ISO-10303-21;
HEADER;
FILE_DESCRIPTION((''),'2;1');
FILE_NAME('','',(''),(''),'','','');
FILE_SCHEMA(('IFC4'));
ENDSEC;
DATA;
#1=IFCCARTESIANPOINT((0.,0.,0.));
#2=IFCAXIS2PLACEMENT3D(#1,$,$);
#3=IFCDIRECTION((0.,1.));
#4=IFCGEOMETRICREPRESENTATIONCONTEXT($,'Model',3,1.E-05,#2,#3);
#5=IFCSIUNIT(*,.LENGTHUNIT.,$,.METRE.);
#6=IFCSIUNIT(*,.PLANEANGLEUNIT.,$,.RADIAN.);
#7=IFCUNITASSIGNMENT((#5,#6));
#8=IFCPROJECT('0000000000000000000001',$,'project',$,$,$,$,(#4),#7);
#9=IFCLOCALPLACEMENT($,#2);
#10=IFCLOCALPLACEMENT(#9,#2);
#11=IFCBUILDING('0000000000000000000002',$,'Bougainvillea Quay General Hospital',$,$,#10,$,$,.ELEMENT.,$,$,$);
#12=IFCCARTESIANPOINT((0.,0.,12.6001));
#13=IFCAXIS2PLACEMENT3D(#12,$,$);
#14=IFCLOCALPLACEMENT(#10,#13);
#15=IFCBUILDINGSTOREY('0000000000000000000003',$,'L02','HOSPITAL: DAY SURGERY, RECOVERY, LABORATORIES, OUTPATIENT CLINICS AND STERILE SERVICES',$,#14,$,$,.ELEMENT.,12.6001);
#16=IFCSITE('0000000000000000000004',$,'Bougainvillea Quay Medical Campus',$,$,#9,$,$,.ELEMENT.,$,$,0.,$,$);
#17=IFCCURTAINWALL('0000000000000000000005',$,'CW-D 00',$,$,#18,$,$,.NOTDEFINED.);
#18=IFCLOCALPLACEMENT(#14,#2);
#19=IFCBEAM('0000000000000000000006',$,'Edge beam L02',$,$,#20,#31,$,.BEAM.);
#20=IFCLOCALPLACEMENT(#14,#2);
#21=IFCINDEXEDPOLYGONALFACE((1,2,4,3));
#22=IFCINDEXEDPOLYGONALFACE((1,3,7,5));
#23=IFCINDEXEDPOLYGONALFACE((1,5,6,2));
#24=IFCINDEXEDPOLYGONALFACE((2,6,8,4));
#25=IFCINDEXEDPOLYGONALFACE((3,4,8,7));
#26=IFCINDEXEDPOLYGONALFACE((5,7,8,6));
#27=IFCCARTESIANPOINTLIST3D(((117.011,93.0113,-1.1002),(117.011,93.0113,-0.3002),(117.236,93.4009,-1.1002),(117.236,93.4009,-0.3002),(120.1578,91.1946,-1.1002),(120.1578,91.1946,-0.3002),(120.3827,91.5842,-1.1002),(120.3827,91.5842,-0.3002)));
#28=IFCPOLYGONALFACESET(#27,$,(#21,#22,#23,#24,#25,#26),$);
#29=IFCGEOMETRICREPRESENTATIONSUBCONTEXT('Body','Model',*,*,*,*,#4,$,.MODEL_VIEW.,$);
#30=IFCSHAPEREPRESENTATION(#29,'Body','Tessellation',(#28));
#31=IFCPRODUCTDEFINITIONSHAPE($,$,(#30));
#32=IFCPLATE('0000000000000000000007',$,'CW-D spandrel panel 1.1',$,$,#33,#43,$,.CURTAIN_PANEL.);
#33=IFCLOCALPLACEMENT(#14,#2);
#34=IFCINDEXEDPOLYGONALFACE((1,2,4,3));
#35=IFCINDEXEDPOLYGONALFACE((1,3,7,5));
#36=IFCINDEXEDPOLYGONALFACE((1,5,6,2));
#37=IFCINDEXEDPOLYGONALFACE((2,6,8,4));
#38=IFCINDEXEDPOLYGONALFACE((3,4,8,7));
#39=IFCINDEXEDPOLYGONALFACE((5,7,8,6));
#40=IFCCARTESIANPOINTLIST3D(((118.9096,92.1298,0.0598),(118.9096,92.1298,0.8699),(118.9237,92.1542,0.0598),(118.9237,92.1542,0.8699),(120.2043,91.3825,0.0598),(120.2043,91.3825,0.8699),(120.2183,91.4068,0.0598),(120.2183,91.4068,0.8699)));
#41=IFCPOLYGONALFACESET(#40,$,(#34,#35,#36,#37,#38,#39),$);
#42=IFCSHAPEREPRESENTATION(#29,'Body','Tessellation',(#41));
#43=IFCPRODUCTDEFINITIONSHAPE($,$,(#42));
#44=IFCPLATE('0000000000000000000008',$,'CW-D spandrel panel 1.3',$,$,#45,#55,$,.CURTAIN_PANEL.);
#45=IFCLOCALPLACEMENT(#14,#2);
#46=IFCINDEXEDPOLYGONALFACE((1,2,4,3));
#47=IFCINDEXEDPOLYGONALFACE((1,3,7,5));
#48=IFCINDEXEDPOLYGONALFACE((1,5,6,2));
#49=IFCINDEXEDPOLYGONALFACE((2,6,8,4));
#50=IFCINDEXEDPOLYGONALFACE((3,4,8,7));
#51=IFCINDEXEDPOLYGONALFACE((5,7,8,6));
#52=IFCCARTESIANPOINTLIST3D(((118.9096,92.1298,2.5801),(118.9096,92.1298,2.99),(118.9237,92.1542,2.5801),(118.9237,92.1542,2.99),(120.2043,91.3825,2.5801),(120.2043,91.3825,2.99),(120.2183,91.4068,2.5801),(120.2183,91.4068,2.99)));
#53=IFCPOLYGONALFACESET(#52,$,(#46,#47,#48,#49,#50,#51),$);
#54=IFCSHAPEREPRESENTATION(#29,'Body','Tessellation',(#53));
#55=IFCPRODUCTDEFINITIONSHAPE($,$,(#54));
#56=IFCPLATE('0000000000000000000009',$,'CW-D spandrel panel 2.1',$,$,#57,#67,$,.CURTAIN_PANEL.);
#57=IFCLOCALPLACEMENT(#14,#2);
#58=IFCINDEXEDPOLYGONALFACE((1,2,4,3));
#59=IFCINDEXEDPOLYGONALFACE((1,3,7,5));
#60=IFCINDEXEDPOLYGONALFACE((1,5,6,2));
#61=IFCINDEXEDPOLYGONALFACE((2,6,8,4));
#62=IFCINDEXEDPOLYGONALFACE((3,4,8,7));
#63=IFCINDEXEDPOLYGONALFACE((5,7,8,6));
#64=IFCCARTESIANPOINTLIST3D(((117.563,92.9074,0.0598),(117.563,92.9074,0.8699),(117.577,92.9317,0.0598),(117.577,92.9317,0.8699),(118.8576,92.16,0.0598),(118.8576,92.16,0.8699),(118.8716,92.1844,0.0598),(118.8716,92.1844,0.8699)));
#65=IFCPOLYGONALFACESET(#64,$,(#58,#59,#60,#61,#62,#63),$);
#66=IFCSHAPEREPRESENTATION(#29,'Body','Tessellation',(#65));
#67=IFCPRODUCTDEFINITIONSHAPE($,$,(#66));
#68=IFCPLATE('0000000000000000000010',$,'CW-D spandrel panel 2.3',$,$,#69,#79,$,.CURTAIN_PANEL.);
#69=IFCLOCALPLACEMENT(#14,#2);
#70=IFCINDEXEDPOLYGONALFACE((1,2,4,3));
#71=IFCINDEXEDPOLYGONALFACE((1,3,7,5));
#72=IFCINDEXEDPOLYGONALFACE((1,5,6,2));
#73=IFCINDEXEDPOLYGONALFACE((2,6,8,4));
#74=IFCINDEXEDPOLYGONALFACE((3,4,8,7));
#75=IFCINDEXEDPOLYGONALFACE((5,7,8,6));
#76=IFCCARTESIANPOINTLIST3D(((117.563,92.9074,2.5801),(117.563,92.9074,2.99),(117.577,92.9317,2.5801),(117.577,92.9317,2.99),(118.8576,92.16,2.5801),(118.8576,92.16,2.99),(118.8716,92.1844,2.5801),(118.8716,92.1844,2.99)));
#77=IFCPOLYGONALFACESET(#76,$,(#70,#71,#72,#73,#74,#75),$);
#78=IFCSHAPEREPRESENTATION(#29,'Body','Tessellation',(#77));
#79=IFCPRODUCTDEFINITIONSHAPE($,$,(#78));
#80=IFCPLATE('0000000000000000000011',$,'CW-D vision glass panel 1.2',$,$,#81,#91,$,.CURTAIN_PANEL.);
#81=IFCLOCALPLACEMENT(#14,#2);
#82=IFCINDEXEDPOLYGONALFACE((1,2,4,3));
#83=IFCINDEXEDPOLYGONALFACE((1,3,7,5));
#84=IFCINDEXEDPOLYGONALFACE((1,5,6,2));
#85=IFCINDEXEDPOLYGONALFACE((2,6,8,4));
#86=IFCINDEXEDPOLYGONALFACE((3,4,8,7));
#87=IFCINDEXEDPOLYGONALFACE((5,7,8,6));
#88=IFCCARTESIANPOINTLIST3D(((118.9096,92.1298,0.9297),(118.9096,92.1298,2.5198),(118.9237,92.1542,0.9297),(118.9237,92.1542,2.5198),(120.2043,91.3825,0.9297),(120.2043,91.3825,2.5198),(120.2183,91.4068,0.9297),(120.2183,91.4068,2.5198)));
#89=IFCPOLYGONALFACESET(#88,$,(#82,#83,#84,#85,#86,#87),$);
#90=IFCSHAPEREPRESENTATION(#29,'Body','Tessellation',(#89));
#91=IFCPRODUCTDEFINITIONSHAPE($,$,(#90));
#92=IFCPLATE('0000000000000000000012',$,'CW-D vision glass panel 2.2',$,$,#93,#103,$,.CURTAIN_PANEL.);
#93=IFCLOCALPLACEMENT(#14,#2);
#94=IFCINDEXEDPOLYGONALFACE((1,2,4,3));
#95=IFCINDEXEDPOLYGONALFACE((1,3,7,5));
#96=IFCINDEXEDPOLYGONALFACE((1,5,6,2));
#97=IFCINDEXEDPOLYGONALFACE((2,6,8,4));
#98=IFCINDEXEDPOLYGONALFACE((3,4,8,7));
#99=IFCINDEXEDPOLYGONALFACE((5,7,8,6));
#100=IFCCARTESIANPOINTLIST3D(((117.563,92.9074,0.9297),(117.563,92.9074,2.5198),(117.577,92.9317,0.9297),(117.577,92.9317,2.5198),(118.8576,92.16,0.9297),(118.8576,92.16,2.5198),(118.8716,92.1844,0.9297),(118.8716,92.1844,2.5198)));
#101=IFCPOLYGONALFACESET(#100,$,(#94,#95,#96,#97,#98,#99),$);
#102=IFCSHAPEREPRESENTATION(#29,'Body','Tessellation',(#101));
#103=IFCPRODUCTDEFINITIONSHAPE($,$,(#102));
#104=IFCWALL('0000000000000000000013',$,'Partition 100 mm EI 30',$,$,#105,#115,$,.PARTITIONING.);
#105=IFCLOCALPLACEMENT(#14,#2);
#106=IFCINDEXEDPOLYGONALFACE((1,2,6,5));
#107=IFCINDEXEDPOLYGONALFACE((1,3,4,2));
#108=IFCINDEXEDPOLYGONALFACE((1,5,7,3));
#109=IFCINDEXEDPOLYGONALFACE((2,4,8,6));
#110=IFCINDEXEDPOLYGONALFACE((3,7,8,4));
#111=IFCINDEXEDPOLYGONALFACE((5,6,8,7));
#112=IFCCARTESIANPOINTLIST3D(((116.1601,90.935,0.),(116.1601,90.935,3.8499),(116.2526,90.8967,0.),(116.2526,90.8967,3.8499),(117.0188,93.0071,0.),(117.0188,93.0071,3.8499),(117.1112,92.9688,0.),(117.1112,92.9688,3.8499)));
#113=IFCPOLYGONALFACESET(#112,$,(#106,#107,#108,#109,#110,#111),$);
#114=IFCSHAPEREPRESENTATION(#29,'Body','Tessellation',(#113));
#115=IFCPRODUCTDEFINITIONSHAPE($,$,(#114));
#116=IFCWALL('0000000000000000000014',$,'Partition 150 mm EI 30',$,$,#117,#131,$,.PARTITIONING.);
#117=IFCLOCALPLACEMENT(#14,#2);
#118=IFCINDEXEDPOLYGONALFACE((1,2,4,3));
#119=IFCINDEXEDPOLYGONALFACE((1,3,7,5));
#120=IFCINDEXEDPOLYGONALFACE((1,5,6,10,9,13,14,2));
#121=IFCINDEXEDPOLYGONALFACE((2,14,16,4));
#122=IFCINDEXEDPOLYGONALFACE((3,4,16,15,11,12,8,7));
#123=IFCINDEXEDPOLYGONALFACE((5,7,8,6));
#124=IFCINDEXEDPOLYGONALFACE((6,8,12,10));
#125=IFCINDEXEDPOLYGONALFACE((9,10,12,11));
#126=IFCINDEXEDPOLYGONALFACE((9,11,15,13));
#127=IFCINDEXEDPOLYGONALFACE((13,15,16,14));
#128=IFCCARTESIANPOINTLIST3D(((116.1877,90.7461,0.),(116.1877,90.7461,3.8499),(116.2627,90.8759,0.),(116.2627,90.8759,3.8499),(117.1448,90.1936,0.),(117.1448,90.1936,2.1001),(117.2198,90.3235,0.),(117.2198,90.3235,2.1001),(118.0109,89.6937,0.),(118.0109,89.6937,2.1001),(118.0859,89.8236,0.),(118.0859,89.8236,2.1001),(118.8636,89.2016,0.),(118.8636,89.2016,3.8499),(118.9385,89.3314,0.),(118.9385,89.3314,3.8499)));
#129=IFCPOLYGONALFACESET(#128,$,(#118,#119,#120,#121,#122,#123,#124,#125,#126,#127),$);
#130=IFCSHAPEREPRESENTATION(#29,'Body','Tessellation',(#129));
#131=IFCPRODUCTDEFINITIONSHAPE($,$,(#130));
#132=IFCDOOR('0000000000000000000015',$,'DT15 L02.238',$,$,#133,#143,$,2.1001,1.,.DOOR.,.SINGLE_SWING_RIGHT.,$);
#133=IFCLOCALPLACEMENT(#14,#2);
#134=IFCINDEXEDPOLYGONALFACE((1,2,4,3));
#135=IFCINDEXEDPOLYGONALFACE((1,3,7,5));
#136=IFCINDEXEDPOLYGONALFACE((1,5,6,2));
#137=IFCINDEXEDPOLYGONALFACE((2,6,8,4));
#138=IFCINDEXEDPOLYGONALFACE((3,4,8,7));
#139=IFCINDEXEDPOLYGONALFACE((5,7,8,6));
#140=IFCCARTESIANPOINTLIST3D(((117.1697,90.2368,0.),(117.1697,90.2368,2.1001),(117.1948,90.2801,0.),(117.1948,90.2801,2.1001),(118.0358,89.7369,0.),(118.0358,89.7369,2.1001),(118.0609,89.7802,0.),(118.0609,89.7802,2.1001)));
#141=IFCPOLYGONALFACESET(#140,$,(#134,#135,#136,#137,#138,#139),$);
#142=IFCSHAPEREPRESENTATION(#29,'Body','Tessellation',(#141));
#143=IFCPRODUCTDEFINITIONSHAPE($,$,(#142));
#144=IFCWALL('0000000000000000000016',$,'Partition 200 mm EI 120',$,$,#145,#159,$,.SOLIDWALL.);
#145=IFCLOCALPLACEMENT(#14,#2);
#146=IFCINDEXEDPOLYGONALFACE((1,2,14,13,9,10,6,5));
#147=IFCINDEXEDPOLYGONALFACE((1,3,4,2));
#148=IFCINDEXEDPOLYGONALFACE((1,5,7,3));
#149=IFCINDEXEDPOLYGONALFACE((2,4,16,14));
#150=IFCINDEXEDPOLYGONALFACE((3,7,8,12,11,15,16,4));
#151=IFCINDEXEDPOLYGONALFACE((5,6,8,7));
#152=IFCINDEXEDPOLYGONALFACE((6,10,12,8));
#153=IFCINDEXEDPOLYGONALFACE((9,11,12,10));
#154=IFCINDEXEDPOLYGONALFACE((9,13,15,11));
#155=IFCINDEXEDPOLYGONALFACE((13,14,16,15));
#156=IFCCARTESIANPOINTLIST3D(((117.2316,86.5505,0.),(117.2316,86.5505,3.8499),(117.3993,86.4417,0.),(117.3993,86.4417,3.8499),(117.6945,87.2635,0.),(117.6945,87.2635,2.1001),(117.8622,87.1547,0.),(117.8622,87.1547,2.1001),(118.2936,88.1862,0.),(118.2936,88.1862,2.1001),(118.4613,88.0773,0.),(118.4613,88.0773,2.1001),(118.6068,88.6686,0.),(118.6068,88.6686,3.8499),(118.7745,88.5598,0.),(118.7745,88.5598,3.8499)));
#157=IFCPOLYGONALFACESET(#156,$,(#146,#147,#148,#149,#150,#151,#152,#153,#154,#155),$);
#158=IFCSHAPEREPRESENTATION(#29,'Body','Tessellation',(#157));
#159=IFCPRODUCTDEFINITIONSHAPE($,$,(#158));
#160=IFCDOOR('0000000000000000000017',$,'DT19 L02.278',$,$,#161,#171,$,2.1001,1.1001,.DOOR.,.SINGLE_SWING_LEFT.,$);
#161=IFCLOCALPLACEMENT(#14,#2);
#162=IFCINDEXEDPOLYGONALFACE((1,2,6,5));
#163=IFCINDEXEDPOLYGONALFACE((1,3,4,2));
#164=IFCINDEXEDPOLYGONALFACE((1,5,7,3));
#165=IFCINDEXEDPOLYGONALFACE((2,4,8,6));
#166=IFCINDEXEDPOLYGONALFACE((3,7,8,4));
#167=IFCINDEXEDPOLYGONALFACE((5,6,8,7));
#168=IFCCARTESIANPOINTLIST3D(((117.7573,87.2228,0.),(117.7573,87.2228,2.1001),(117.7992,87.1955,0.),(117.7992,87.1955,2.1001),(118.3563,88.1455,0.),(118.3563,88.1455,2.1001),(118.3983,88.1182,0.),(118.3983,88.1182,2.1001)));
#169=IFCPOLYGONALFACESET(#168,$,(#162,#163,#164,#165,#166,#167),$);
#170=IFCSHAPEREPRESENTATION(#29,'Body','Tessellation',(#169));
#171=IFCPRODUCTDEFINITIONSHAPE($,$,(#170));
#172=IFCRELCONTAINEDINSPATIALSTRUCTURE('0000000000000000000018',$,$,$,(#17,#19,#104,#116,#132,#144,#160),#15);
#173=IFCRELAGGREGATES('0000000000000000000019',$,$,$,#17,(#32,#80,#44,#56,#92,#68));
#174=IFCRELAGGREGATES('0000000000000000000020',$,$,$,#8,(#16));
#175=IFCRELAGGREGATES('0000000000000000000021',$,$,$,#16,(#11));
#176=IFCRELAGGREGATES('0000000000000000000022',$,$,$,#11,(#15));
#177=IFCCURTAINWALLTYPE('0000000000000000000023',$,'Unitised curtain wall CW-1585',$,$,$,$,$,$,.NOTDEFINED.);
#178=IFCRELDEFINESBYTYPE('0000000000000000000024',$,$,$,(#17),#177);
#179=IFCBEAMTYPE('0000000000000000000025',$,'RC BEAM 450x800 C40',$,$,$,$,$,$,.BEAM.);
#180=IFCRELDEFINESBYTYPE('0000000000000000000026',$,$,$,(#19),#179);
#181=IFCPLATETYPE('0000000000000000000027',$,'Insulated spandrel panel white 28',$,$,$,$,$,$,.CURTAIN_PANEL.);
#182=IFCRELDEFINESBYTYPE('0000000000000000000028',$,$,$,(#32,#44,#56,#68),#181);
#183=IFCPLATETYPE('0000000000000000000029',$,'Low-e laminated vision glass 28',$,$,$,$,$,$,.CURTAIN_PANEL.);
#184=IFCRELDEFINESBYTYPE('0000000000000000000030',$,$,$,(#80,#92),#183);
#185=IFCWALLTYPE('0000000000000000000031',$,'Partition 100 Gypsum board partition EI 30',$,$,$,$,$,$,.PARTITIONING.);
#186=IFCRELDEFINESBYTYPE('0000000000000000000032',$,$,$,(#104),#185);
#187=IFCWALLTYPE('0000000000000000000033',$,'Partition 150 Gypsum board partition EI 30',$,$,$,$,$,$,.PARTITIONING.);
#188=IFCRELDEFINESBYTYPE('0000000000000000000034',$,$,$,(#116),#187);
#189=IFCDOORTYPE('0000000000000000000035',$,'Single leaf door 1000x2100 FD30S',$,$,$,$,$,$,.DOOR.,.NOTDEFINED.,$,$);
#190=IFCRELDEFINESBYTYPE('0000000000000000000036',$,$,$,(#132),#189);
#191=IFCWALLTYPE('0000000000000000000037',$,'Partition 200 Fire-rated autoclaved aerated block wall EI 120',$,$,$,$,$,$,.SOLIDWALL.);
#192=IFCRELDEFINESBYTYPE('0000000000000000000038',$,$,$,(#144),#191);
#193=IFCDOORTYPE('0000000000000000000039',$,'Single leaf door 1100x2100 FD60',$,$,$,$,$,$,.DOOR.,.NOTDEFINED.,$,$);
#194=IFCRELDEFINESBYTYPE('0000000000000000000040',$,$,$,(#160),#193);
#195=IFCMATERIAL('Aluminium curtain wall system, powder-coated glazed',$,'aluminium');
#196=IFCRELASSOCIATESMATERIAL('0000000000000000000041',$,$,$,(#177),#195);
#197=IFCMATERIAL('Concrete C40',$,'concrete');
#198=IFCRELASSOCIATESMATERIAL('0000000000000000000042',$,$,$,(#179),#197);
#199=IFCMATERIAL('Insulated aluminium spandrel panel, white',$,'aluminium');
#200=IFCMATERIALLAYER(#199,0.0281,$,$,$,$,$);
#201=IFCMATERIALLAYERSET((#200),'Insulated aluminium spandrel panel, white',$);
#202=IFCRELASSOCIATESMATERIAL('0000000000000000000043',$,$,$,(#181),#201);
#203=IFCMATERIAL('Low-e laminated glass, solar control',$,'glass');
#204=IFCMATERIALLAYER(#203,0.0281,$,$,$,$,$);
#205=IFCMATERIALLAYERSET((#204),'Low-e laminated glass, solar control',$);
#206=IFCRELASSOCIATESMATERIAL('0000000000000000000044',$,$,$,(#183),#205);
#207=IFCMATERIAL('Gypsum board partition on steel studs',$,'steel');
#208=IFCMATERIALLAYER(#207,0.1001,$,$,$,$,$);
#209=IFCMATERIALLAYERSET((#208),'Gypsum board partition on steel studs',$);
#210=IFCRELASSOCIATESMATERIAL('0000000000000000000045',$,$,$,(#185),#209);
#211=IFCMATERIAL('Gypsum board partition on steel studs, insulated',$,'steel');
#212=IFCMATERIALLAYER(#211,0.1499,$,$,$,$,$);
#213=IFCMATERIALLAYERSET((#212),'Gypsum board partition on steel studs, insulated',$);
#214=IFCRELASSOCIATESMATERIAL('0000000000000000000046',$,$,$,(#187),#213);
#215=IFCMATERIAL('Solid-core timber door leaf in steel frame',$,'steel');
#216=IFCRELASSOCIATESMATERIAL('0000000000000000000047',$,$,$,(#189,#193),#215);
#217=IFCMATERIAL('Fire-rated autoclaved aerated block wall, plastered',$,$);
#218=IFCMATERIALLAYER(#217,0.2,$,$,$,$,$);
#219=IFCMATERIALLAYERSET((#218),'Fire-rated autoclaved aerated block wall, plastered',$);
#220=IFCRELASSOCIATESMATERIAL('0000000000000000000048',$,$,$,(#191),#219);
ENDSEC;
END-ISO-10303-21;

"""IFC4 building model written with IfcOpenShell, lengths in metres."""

from ifc_helpers import new_model, si_unit, direction, frame, frame_2d, origin, origin_2d, place, context, subcontext, project, spatial, rectangle, extrude, material, layer, layer_set, material_profile, profile_set, type_object, element, fill, aggregate, save


model = new_model("IFC4")

# Units and contexts
model_context = context("Model", 3, precision=1e-05, world=origin(), true_north=direction((0.0, 1.0)))
body_context = subcontext(model_context, "Body", "Model", "MODEL_VIEW")
ifc_project = project(units=[si_unit("LENGTHUNIT", "METRE"), si_unit("PLANEANGLEUNIT", "RADIAN")], contexts=[model_context])

# Site, building, storey
site_placement = place(None, origin())
site = spatial("IfcSite", under=ifc_project, at=site_placement, Name="Bougainvillea Quay Medical Campus", CompositionType="ELEMENT", RefElevation=0.0)
building_placement = place(site_placement, origin())
building = spatial("IfcBuilding", under=site, at=building_placement, Name="Bougainvillea Quay General Hospital", CompositionType="ELEMENT")
storey_placement = place(building_placement, frame((0.0, 0.0, 12.6001)))
storey = spatial("IfcBuildingStorey", under=building, at=storey_placement, Name="L02", Description="HOSPITAL: DAY SURGERY, RECOVERY, LABORATORIES, OUTPATIENT CLINICS AND STERILE SERVICES", CompositionType="ELEMENT", Elevation=12.6001)

# Shared definitions
ifc_material_1 = material(Name="Concrete C40", Category="concrete")

# Curtain wall
ifc_material_2 = material(Name="Aluminium curtain wall system, powder-coated glazed", Category="aluminium")
curtain_wall_type = type_object("IfcCurtainWallType", Name="Unitised curtain wall CW-1585", PredefinedType="NOTDEFINED", material=ifc_material_2)
curtain_wall_placement = place(storey_placement, origin())
curtain_wall = element("IfcCurtainWall", 1, at=curtain_wall_placement, inside=storey, type_object=curtain_wall_type, Name="CW-D 00", PredefinedType="NOTDEFINED")

# Beam
ifc_material_profile_1 = material_profile(ifc_material_1, rectangle(XDim=0.45, YDim=0.8, at=origin_2d()))
ifc_profile_set_1 = profile_set([ifc_material_profile_1], Name="Concrete C40")
beam_type = type_object("IfcBeamType", Name="RC BEAM 450x800 C40", PredefinedType="BEAM", material=ifc_profile_set_1)
beam_placement = place(storey_placement, frame((120.2703, 91.3894, -0.7002), z_axis=(-0.866039, 0.499976, 0.0), x_axis=(-0.499976, -0.866039, 0.0)))
element("IfcBeam", 2, at=beam_placement, inside=storey, type_object=beam_type, Name="Edge beam L02", PredefinedType="BEAM", context=body_context, shape_type="SweptSolid", body=[
    extrude(rectangle(XDim=0.45, YDim=0.8, at=origin_2d()), origin(), (0.0, 0.0, 1.0), 3.6335),
])

# Plates
ifc_material_3 = material(Name="Insulated aluminium spandrel panel, white", Category="aluminium")
ifc_layer_1 = layer(ifc_material_3, 0.0281)
ifc_layer_set_1 = layer_set([ifc_layer_1], Name="Insulated aluminium spandrel panel, white")
plate_type_1 = type_object("IfcPlateType", Name="Insulated spandrel panel white 28", PredefinedType="CURTAIN_PANEL", material=ifc_layer_set_1)
plate_1_placement = place(storey_placement, frame((119.564, 91.7683, 0.0598), z_axis=(0.0, 0.0, 1.0), x_axis=(-0.866046, 0.499965, 0.0)))
plate_1 = element("IfcPlate", 3, at=plate_1_placement, type_object=plate_type_1, Name="CW-D spandrel panel 1.1", PredefinedType="CURTAIN_PANEL", context=body_context, shape_type="SweptSolid", body=[
    extrude(rectangle(XDim=1.4949, YDim=0.0281, at=origin_2d()), origin(), (0.0, 0.0, 1.0), 0.8101),
])
plate_2_placement = place(storey_placement, frame((119.564, 91.7683, 2.5801), z_axis=(0.0, 0.0, 1.0), x_axis=(-0.866046, 0.499965, 0.0)))
plate_2 = element("IfcPlate", 4, at=plate_2_placement, type_object=plate_type_1, Name="CW-D spandrel panel 1.3", PredefinedType="CURTAIN_PANEL", context=body_context, shape_type="SweptSolid", body=[
    extrude(rectangle(XDim=1.4949, YDim=0.0281, at=origin_2d()), origin(), (0.0, 0.0, 1.0), 0.4099),
])
plate_3_placement = place(storey_placement, frame((118.2173, 92.5459, 0.0598), z_axis=(0.0, 0.0, 1.0), x_axis=(-0.866046, 0.499965, 0.0)))
plate_3 = element("IfcPlate", 5, at=plate_3_placement, type_object=plate_type_1, Name="CW-D spandrel panel 2.1", PredefinedType="CURTAIN_PANEL", context=body_context, shape_type="SweptSolid", body=[
    extrude(rectangle(XDim=1.4949, YDim=0.0281, at=origin_2d()), origin(), (0.0, 0.0, 1.0), 0.8101),
])
plate_4_placement = place(storey_placement, frame((118.2173, 92.5459, 2.5801), z_axis=(0.0, 0.0, 1.0), x_axis=(-0.866046, 0.499965, 0.0)))
plate_4 = element("IfcPlate", 6, at=plate_4_placement, type_object=plate_type_1, Name="CW-D spandrel panel 2.3", PredefinedType="CURTAIN_PANEL", context=body_context, shape_type="SweptSolid", body=[
    extrude(rectangle(XDim=1.4949, YDim=0.0281, at=origin_2d()), origin(), (0.0, 0.0, 1.0), 0.4099),
])
ifc_material_4 = material(Name="Low-e laminated glass, solar control", Category="glass")
ifc_layer_2 = layer(ifc_material_4, 0.0281)
ifc_layer_set_2 = layer_set([ifc_layer_2], Name="Low-e laminated glass, solar control")
plate_type_2 = type_object("IfcPlateType", Name="Low-e laminated vision glass 28", PredefinedType="CURTAIN_PANEL", material=ifc_layer_set_2)
plate_5_placement = place(storey_placement, frame((119.564, 91.7683, 0.9297), z_axis=(0.0, 0.0, 1.0), x_axis=(-0.866046, 0.499965, 0.0)))
plate_5 = element("IfcPlate", 7, at=plate_5_placement, type_object=plate_type_2, Name="CW-D vision glass panel 1.2", PredefinedType="CURTAIN_PANEL", context=body_context, shape_type="SweptSolid", body=[
    extrude(rectangle(XDim=1.4949, YDim=0.0281, at=origin_2d()), origin(), (0.0, 0.0, 1.0), 1.5901),
])
plate_6_placement = place(storey_placement, frame((118.2173, 92.5459, 0.9297), z_axis=(0.0, 0.0, 1.0), x_axis=(-0.866046, 0.499965, 0.0)))
plate_6 = element("IfcPlate", 8, at=plate_6_placement, type_object=plate_type_2, Name="CW-D vision glass panel 2.2", PredefinedType="CURTAIN_PANEL", context=body_context, shape_type="SweptSolid", body=[
    extrude(rectangle(XDim=1.4949, YDim=0.0281, at=origin_2d()), origin(), (0.0, 0.0, 1.0), 1.5901),
])
aggregate(curtain_wall, [plate_1, plate_5, plate_2, plate_3, plate_6, plate_4])

# Wall
ifc_material_5 = material(Name="Gypsum board partition on steel studs", Category="steel")
ifc_layer_3 = layer(ifc_material_5, 0.1001)
ifc_layer_set_3 = layer_set([ifc_layer_3], Name="Gypsum board partition on steel studs")
wall_type_1 = type_object("IfcWallType", Name="Partition 100 Gypsum board partition EI 30", PredefinedType="PARTITIONING", material=ifc_layer_set_3)
wall_1_placement = place(storey_placement, frame((116.2063, 90.9158, 0.0), z_axis=(0.0, 0.0, 1.0), x_axis=(0.382829, 0.923819, 0.0)))
element("IfcWall", 9, at=wall_1_placement, inside=storey, type_object=wall_type_1, Name="Partition 100 mm EI 30", PredefinedType="PARTITIONING", context=body_context, shape_type="SweptSolid", body=[
    extrude(rectangle(XDim=2.2429, YDim=0.1001, at=frame_2d((1.1216, 0.0))), origin(), (0.0, 0.0, 1.0), 3.8499),
])

# Walls, openings, doors
ifc_material_6 = material(Name="Gypsum board partition on steel studs, insulated", Category="steel")
ifc_layer_4 = layer(ifc_material_6, 0.1499)
ifc_layer_set_4 = layer_set([ifc_layer_4], Name="Gypsum board partition on steel studs, insulated")
wall_type_2 = type_object("IfcWallType", Name="Partition 150 Gypsum board partition EI 30", PredefinedType="PARTITIONING", material=ifc_layer_set_4)
wall_2_placement = place(storey_placement, frame((116.2251, 90.811, 0.0), z_axis=(0.0, 0.0, 1.0), x_axis=(0.866086, -0.499896, 0.0)))
wall_2 = element("IfcWall", 10, at=wall_2_placement, inside=storey, type_object=wall_type_2, Name="Partition 150 mm EI 30", PredefinedType="PARTITIONING", context=body_context, shape_type="SweptSolid", body=[
    extrude(rectangle(XDim=3.0896, YDim=0.1499, at=frame_2d((1.5449, 0.0))), origin(), (0.0, 0.0, 1.0), 3.8499),
])
opening_1_placement = place(wall_2_placement, frame((1.1052, 0.0, 0.0)))
opening_1 = element("IfcOpeningElement", 11, at=opening_1_placement, cuts=wall_2, PredefinedType="OPENING", context=body_context, shape_type="SweptSolid", body=[
    extrude(rectangle(XDim=1.0, YDim=2.1001, at=frame_2d((0.5, 1.05))), frame((0.0, 0.085, 0.0), z_axis=(0.0, -1.0, 0.0), x_axis=(1.0, 0.0, 0.0)), (0.0, 0.0, 1.0), 0.1699),
])
ifc_material_7 = material(Name="Solid-core timber door leaf in steel frame", Category="steel")
door_type_1 = type_object("IfcDoorType", Name="Single leaf door 1000x2100 FD30S", OperationType="NOTDEFINED", PredefinedType="DOOR", material=ifc_material_7)
door_1_placement = place(opening_1_placement, origin())
door_1 = element("IfcDoor", 12, at=door_1_placement, inside=storey, type_object=door_type_1, Name="DT15 L02.238", OperationType="SINGLE_SWING_RIGHT", OverallHeight=2.1001, OverallWidth=1.0, PredefinedType="DOOR", context=body_context, shape_type="SweptSolid", body=[
    extrude(rectangle(XDim=1.0, YDim=2.1001, at=frame_2d((0.5, 1.05))), frame((0.0, 0.0249, 0.0), z_axis=(0.0, -1.0, 0.0), x_axis=(1.0, 0.0, 0.0)), (0.0, 0.0, 1.0), 0.05),
])
fill(opening_1, door_1)
ifc_material_8 = material(Name="Fire-rated autoclaved aerated block wall, plastered")
ifc_layer_5 = layer(ifc_material_8, 0.2)
ifc_layer_set_5 = layer_set([ifc_layer_5], Name="Fire-rated autoclaved aerated block wall, plastered")
wall_type_3 = type_object("IfcWallType", Name="Partition 200 Fire-rated autoclaved aerated block wall EI 120", PredefinedType="SOLIDWALL", material=ifc_layer_set_5)
wall_3_placement = place(storey_placement, frame((117.3154, 86.4961, 0.0), z_axis=(0.0, 0.0, 1.0), x_axis=(0.544553, 0.838726, 0.0)))
wall_3 = element("IfcWall", 13, at=wall_3_placement, inside=storey, type_object=wall_type_3, Name="Partition 200 mm EI 120", PredefinedType="SOLIDWALL", context=body_context, shape_type="SweptSolid", body=[
    extrude(rectangle(XDim=2.5254, YDim=0.2, at=frame_2d((1.2627, 0.0))), origin(), (0.0, 0.0, 1.0), 3.8499),
])
opening_2_placement = place(wall_3_placement, frame((0.8501, 0.0, 0.0)))
opening_2 = element("IfcOpeningElement", 14, at=opening_2_placement, cuts=wall_3, PredefinedType="OPENING", context=body_context, shape_type="SweptSolid", body=[
    extrude(rectangle(XDim=1.1001, YDim=2.1001, at=frame_2d((0.55, 1.05))), frame((0.0, 0.1099, 0.0), z_axis=(0.0, -1.0, 0.0), x_axis=(1.0, 0.0, 0.0)), (0.0, 0.0, 1.0), 0.22),
])
door_type_2 = type_object("IfcDoorType", Name="Single leaf door 1100x2100 FD60", OperationType="NOTDEFINED", PredefinedType="DOOR", material=ifc_material_7)
door_2_placement = place(opening_2_placement, frame((1.1001, 0.0, 0.0), z_axis=(0.0, 0.0, 1.0), x_axis=(-1.0, 0.0, 0.0)))
door_2 = element("IfcDoor", 15, at=door_2_placement, inside=storey, type_object=door_type_2, Name="DT19 L02.278", OperationType="SINGLE_SWING_LEFT", OverallHeight=2.1001, OverallWidth=1.1001, PredefinedType="DOOR", context=body_context, shape_type="SweptSolid", body=[
    extrude(rectangle(XDim=1.1001, YDim=2.1001, at=frame_2d((0.55, 1.05))), frame((0.0, 0.0249, 0.0), z_axis=(0.0, -1.0, 0.0), x_axis=(1.0, 0.0, 0.0)), (0.0, 0.0, 1.0), 0.05),
])
fill(opening_2, door_2)

save(model, "model.ifc")
